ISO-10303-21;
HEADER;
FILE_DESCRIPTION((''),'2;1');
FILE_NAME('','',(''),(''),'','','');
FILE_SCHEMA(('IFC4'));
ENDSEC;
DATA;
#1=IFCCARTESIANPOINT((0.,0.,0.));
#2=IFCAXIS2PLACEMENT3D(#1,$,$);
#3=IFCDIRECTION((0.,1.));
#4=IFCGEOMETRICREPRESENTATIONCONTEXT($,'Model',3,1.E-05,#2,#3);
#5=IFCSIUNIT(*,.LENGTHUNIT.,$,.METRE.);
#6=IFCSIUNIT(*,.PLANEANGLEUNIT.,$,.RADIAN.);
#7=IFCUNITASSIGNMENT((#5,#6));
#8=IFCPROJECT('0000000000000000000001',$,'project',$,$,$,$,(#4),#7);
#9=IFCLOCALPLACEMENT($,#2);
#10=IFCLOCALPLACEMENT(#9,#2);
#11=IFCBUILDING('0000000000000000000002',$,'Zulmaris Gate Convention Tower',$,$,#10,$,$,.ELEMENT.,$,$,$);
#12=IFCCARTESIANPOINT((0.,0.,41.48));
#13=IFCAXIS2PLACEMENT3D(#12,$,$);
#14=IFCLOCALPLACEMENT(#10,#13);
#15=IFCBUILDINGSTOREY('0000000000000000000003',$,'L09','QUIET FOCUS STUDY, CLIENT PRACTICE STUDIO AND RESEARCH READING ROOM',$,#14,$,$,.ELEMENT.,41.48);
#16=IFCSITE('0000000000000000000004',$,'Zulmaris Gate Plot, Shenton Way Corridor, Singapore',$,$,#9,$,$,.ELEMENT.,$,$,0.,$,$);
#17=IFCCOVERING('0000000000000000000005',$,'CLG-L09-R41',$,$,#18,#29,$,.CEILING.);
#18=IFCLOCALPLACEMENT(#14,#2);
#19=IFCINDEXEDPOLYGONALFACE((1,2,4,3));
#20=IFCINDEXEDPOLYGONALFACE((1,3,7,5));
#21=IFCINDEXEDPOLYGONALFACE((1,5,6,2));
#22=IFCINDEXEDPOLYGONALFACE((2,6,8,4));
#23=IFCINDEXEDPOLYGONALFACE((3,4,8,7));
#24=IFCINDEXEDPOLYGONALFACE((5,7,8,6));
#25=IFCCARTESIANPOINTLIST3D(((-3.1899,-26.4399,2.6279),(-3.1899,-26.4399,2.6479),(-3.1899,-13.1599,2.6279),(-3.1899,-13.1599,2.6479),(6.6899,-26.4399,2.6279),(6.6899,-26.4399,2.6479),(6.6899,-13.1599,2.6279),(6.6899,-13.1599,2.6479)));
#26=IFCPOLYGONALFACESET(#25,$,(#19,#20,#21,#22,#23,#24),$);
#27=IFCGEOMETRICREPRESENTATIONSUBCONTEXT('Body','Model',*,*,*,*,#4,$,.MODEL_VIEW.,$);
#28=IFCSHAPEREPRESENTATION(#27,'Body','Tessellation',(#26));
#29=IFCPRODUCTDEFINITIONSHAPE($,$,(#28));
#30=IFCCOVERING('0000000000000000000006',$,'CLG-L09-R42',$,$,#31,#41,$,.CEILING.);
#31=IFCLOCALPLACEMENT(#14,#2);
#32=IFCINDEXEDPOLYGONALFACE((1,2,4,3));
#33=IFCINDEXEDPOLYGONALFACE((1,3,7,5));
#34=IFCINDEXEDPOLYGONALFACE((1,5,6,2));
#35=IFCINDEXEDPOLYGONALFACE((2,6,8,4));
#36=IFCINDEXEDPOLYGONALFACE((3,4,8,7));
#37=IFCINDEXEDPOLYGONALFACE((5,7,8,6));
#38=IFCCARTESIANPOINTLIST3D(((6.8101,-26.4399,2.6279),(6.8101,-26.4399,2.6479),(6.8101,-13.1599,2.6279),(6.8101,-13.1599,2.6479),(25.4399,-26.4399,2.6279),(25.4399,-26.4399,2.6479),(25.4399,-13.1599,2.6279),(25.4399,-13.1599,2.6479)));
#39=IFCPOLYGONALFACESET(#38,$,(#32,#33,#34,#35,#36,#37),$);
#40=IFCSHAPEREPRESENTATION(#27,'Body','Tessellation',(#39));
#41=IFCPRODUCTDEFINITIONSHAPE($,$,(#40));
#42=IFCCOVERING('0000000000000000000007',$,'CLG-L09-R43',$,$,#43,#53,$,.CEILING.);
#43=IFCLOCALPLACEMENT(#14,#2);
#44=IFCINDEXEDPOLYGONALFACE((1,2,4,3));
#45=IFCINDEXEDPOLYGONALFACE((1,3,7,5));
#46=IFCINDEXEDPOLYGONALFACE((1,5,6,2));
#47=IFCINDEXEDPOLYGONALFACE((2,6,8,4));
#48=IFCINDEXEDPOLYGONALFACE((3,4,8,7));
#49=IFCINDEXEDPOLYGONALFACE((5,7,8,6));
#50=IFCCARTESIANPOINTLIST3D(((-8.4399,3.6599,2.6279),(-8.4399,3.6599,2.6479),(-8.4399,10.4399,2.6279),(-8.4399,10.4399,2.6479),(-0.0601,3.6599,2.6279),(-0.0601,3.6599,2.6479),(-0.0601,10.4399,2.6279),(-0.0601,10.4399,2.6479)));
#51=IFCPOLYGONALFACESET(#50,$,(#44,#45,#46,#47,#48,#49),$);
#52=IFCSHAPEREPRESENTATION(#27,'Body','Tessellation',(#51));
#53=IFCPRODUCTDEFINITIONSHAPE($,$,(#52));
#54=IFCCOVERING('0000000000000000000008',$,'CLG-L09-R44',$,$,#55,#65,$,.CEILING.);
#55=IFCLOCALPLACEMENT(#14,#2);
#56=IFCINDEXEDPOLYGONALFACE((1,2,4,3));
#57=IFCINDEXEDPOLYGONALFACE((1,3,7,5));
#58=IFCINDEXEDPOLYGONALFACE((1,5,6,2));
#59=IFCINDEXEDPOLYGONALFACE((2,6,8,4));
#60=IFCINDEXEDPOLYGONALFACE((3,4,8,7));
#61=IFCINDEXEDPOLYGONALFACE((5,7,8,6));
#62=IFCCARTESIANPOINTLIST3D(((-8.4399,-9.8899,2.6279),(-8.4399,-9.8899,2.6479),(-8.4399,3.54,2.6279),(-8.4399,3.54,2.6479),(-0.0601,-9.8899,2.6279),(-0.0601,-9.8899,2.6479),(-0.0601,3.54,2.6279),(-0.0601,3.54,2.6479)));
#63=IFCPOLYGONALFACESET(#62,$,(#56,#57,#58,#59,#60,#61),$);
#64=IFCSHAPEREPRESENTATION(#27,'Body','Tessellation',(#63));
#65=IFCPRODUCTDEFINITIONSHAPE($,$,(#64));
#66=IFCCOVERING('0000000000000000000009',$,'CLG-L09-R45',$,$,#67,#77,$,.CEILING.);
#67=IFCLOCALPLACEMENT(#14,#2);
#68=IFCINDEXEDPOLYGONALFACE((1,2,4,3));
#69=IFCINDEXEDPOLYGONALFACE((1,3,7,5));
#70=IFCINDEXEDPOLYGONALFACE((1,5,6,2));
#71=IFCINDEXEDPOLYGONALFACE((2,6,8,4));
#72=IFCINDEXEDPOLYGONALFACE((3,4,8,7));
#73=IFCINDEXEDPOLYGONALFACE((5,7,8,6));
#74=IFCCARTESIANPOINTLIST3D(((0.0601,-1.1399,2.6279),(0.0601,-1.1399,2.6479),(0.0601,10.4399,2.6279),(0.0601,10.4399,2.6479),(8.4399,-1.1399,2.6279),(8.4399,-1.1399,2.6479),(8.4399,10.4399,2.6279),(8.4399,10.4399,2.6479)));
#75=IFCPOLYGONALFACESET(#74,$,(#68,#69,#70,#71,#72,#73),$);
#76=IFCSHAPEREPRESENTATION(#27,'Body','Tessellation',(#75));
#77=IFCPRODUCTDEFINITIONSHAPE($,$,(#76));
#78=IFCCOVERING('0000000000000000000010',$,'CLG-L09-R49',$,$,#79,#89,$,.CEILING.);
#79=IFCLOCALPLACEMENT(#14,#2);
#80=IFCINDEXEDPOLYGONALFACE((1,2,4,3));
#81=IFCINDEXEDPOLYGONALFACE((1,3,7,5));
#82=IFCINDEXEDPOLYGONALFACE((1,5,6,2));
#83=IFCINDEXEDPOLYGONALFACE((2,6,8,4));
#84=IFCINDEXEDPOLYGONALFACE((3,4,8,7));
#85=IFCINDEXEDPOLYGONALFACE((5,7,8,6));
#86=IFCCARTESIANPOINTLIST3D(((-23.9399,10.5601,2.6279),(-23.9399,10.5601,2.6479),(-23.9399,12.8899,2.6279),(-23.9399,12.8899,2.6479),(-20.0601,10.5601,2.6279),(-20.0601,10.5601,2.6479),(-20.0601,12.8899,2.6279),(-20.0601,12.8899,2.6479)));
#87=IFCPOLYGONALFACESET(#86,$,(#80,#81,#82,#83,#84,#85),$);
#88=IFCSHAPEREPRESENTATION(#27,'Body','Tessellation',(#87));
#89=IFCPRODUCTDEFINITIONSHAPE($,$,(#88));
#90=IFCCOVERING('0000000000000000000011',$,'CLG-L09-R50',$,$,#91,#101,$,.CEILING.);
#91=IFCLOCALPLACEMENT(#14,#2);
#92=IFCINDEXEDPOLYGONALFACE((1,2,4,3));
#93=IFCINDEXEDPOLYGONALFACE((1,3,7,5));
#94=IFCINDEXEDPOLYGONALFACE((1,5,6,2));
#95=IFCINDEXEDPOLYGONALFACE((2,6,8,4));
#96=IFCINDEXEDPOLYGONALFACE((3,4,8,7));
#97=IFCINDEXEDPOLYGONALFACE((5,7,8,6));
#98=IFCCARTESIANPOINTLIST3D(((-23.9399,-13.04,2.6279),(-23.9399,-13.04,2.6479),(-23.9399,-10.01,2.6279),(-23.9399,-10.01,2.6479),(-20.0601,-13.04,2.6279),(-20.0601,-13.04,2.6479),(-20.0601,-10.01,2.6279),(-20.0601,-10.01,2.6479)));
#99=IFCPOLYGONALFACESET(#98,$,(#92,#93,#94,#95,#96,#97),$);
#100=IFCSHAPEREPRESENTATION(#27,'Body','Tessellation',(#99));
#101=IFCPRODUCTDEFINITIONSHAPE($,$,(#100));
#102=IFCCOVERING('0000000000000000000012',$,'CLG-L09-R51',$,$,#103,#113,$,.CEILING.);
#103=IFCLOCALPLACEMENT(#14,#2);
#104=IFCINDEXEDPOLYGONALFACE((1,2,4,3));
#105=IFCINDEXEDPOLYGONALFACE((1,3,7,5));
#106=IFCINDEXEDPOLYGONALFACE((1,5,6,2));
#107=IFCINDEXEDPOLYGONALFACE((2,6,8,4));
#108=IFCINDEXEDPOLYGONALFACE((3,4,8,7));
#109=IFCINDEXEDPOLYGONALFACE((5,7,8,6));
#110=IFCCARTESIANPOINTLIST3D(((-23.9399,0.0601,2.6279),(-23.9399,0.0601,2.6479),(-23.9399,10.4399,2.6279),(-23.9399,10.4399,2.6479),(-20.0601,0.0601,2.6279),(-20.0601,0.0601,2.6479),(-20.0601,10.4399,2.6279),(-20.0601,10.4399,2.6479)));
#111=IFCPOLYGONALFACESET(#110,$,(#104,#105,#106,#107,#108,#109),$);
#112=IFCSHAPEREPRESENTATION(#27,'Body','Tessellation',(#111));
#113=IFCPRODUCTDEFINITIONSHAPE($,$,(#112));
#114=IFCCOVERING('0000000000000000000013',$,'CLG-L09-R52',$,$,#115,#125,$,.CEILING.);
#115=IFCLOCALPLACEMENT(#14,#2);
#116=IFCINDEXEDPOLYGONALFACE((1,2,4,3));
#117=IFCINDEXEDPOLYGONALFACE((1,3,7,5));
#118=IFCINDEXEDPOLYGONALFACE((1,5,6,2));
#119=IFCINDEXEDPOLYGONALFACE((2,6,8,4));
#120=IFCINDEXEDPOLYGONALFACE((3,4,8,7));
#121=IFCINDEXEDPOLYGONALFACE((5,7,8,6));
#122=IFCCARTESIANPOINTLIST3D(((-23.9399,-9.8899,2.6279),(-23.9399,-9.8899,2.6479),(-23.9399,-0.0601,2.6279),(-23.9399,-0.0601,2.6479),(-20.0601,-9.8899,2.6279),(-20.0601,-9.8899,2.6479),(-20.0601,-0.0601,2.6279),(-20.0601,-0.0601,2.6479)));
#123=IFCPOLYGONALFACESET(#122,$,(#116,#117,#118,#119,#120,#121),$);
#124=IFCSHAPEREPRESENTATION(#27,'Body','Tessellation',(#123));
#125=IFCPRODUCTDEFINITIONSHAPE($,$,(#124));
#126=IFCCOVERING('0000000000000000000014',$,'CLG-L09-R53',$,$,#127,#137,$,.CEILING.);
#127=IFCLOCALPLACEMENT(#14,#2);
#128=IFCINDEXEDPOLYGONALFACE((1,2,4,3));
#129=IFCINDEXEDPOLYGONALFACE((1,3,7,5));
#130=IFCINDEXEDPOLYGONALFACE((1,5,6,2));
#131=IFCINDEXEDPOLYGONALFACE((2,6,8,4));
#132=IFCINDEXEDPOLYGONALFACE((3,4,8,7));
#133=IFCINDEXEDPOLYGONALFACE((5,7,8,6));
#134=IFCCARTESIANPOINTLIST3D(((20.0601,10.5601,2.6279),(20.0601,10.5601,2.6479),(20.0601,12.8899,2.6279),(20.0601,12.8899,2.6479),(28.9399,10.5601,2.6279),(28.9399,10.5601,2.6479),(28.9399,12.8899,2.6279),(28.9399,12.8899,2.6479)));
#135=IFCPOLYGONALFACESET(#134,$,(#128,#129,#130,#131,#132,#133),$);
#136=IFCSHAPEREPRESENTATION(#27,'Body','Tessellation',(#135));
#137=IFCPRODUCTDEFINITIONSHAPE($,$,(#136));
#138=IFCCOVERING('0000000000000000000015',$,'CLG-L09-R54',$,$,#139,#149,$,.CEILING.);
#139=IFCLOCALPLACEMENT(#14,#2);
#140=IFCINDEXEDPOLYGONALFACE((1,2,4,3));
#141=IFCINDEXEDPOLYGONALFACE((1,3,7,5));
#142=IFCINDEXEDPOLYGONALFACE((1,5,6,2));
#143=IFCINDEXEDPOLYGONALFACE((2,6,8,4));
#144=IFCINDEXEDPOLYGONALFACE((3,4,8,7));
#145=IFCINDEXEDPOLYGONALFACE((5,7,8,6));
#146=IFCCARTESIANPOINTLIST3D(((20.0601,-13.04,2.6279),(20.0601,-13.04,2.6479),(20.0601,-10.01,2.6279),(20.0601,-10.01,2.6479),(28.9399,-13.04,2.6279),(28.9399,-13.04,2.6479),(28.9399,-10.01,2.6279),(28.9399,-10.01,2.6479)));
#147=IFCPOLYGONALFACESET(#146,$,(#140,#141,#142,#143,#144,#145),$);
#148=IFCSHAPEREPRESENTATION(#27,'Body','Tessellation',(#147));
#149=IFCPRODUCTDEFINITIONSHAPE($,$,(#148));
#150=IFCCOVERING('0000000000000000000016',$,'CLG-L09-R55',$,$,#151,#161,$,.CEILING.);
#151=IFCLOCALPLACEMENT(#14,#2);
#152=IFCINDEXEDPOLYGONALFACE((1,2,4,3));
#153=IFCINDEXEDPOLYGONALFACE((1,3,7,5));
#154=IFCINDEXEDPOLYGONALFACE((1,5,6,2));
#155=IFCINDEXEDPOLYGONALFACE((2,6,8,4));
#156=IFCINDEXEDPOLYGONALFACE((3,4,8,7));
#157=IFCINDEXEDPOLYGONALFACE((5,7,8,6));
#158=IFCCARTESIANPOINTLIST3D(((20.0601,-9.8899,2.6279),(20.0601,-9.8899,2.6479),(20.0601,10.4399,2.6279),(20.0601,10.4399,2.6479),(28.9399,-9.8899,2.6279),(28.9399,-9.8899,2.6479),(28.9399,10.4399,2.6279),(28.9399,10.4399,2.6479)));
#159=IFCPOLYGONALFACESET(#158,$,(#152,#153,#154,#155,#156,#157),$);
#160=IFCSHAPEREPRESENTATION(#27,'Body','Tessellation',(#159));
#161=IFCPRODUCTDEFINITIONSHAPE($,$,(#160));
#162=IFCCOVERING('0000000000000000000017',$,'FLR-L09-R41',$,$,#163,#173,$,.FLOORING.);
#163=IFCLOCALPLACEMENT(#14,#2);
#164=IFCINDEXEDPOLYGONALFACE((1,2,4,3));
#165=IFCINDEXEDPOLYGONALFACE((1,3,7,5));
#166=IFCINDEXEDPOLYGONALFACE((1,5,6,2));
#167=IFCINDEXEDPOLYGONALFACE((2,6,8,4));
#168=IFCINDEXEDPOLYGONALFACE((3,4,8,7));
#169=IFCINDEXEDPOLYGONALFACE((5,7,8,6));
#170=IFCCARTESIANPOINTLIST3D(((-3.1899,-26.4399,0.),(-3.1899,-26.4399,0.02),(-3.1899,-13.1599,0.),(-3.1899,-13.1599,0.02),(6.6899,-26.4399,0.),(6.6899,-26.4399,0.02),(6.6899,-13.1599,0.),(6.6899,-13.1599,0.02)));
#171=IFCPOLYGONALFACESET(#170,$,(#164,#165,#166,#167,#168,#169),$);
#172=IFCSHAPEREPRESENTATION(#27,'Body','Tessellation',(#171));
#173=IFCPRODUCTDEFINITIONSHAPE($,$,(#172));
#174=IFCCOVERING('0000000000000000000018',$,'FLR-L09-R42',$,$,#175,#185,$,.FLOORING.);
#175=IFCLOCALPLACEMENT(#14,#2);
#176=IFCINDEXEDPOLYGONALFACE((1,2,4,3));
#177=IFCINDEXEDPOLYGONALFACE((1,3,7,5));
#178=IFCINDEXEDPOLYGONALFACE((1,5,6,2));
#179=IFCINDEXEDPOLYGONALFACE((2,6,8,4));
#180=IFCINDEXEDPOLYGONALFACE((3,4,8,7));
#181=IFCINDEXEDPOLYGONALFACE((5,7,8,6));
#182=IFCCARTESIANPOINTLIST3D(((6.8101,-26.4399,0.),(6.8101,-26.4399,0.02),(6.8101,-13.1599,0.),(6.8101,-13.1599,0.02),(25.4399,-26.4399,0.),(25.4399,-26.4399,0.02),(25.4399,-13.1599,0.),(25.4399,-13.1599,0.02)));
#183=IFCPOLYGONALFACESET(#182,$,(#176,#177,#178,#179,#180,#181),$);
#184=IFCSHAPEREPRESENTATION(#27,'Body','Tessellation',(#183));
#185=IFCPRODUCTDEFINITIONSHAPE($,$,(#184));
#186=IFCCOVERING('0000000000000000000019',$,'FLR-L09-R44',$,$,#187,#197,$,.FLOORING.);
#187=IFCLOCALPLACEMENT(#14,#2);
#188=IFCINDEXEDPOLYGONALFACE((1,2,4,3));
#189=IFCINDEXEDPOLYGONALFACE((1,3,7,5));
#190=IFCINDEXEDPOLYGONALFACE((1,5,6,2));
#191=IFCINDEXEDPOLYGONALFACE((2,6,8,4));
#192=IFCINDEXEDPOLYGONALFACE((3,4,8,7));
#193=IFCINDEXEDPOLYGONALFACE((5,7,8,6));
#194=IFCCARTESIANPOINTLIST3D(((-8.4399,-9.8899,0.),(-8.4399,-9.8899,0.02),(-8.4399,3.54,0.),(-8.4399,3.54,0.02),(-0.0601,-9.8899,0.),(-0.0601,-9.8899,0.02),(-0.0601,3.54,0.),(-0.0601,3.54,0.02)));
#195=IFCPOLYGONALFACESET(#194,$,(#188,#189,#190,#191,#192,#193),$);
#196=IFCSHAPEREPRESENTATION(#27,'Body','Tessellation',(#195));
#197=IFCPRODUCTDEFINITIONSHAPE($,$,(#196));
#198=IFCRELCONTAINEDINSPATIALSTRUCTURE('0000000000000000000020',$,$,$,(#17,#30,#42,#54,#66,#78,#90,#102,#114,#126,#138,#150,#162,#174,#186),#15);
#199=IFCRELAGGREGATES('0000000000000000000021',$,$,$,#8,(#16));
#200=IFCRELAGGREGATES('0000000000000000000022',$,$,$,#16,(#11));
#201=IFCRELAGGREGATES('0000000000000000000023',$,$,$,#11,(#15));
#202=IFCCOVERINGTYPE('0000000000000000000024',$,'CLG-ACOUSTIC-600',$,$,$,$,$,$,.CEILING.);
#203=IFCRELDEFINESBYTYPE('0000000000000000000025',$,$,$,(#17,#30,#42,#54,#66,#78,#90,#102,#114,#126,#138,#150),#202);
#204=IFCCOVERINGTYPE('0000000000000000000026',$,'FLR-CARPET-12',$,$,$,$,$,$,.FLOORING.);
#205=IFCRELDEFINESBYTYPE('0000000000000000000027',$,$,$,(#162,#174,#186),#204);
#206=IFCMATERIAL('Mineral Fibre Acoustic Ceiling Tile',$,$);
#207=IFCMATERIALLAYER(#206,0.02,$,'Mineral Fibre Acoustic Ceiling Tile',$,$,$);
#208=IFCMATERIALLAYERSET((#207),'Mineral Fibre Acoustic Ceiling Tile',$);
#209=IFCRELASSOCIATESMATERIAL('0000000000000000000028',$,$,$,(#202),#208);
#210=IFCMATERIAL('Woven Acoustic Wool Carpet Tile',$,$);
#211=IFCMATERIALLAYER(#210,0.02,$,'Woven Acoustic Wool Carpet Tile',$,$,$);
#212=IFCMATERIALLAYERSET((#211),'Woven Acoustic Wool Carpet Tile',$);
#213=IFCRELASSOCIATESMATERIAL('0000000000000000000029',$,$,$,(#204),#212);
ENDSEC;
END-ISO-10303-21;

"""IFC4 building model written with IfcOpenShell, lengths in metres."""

from ifc_helpers import new_model, si_unit, direction, frame, origin, place, context, subcontext, project, spatial, polyline, outline, extrude, material, layer, layer_set, type_object, element, save


model = new_model("IFC4")

# Units and contexts
model_context = context("Model", 3, precision=1e-05, world=origin(), true_north=direction((0.0, 1.0)))
body_context = subcontext(model_context, "Body", "Model", "MODEL_VIEW")
ifc_project = project(units=[si_unit("LENGTHUNIT", "METRE"), si_unit("PLANEANGLEUNIT", "RADIAN")], contexts=[model_context])

# Site, building, storey
site_placement = place(None, origin())
site = spatial("IfcSite", under=ifc_project, at=site_placement, Name="Zulmaris Gate Plot, Shenton Way Corridor, Singapore", CompositionType="ELEMENT", RefElevation=0.0)
building_placement = place(site_placement, origin())
building = spatial("IfcBuilding", under=site, at=building_placement, Name="Zulmaris Gate Convention Tower", CompositionType="ELEMENT")
storey_placement = place(building_placement, frame((0.0, 0.0, 41.48)))
storey = spatial("IfcBuildingStorey", under=building, at=storey_placement, Name="L09", Description="QUIET FOCUS STUDY, CLIENT PRACTICE STUDIO AND RESEARCH READING ROOM", CompositionType="ELEMENT", Elevation=41.48)

# Coverings
ifc_material_1 = material(Name="Mineral Fibre Acoustic Ceiling Tile")
ifc_layer_1 = layer(ifc_material_1, 0.02, Name="Mineral Fibre Acoustic Ceiling Tile")
ifc_layer_set_1 = layer_set([ifc_layer_1], Name="Mineral Fibre Acoustic Ceiling Tile")
covering_type_1 = type_object("IfcCoveringType", Name="CLG-ACOUSTIC-600", PredefinedType="CEILING", material=ifc_layer_set_1)
covering_1_placement = place(storey_placement, frame((0.0, 0.0, 2.6279)))
element("IfcCovering", 1, at=covering_1_placement, inside=storey, type_object=covering_type_1, Name="CLG-L09-R41", PredefinedType="CEILING", context=body_context, shape_type="SweptSolid", body=[
    extrude(outline(polyline([(-3.1899, -26.4399), (6.6899, -26.4399), (6.6899, -13.1599), (-3.1899, -13.1599), (-3.1899, -26.4399)])), origin(), (0.0, 0.0, 1.0), 0.02),
])
covering_2_placement = place(storey_placement, frame((0.0, 0.0, 2.6279)))
element("IfcCovering", 2, at=covering_2_placement, inside=storey, type_object=covering_type_1, Name="CLG-L09-R42", PredefinedType="CEILING", context=body_context, shape_type="SweptSolid", body=[
    extrude(outline(polyline([(6.8101, -26.4399), (25.4399, -26.4399), (25.4399, -13.1599), (6.8101, -13.1599), (6.8101, -26.4399)])), origin(), (0.0, 0.0, 1.0), 0.02),
])
covering_3_placement = place(storey_placement, frame((0.0, 0.0, 2.6279)))
element("IfcCovering", 3, at=covering_3_placement, inside=storey, type_object=covering_type_1, Name="CLG-L09-R43", PredefinedType="CEILING", context=body_context, shape_type="SweptSolid", body=[
    extrude(outline(polyline([(-8.4399, 3.6599), (-0.0601, 3.6599), (-0.0601, 10.4399), (-8.4399, 10.4399), (-8.4399, 3.6599)])), origin(), (0.0, 0.0, 1.0), 0.02),
])
covering_4_placement = place(storey_placement, frame((0.0, 0.0, 2.6279)))
element("IfcCovering", 4, at=covering_4_placement, inside=storey, type_object=covering_type_1, Name="CLG-L09-R44", PredefinedType="CEILING", context=body_context, shape_type="SweptSolid", body=[
    extrude(outline(polyline([(-8.4399, -9.8899), (-0.0601, -9.8899), (-0.0601, 3.54), (-8.4399, 3.54), (-8.4399, -9.8899)])), origin(), (0.0, 0.0, 1.0), 0.02),
])
covering_5_placement = place(storey_placement, frame((0.0, 0.0, 2.6279)))
element("IfcCovering", 5, at=covering_5_placement, inside=storey, type_object=covering_type_1, Name="CLG-L09-R45", PredefinedType="CEILING", context=body_context, shape_type="SweptSolid", body=[
    extrude(outline(polyline([(0.0601, -1.1399), (8.4399, -1.1399), (8.4399, 10.4399), (0.0601, 10.4399), (0.0601, -1.1399)])), origin(), (0.0, 0.0, 1.0), 0.02),
])
covering_6_placement = place(storey_placement, frame((0.0, 0.0, 2.6279)))
element("IfcCovering", 6, at=covering_6_placement, inside=storey, type_object=covering_type_1, Name="CLG-L09-R49", PredefinedType="CEILING", context=body_context, shape_type="SweptSolid", body=[
    extrude(outline(polyline([(-23.9399, 10.5601), (-20.0601, 10.5601), (-20.0601, 12.8899), (-23.9399, 12.8899), (-23.9399, 10.5601)])), origin(), (0.0, 0.0, 1.0), 0.02),
])
covering_7_placement = place(storey_placement, frame((0.0, 0.0, 2.6279)))
element("IfcCovering", 7, at=covering_7_placement, inside=storey, type_object=covering_type_1, Name="CLG-L09-R50", PredefinedType="CEILING", context=body_context, shape_type="SweptSolid", body=[
    extrude(outline(polyline([(-23.9399, -13.04), (-20.0601, -13.04), (-20.0601, -10.01), (-23.9399, -10.01), (-23.9399, -13.04)])), origin(), (0.0, 0.0, 1.0), 0.02),
])
covering_8_placement = place(storey_placement, frame((0.0, 0.0, 2.6279)))
element("IfcCovering", 8, at=covering_8_placement, inside=storey, type_object=covering_type_1, Name="CLG-L09-R51", PredefinedType="CEILING", context=body_context, shape_type="SweptSolid", body=[
    extrude(outline(polyline([(-23.9399, 0.0601), (-20.0601, 0.0601), (-20.0601, 10.4399), (-23.9399, 10.4399), (-23.9399, 0.0601)])), origin(), (0.0, 0.0, 1.0), 0.02),
])
covering_9_placement = place(storey_placement, frame((0.0, 0.0, 2.6279)))
element("IfcCovering", 9, at=covering_9_placement, inside=storey, type_object=covering_type_1, Name="CLG-L09-R52", PredefinedType="CEILING", context=body_context, shape_type="SweptSolid", body=[
    extrude(outline(polyline([(-23.9399, -9.8899), (-20.0601, -9.8899), (-20.0601, -0.0601), (-23.9399, -0.0601), (-23.9399, -9.8899)])), origin(), (0.0, 0.0, 1.0), 0.02),
])
covering_10_placement = place(storey_placement, frame((0.0, 0.0, 2.6279)))
element("IfcCovering", 10, at=covering_10_placement, inside=storey, type_object=covering_type_1, Name="CLG-L09-R53", PredefinedType="CEILING", context=body_context, shape_type="SweptSolid", body=[
    extrude(outline(polyline([(20.0601, 10.5601), (28.9399, 10.5601), (28.9399, 12.8899), (20.0601, 12.8899), (20.0601, 10.5601)])), origin(), (0.0, 0.0, 1.0), 0.02),
])
covering_11_placement = place(storey_placement, frame((0.0, 0.0, 2.6279)))
element("IfcCovering", 11, at=covering_11_placement, inside=storey, type_object=covering_type_1, Name="CLG-L09-R54", PredefinedType="CEILING", context=body_context, shape_type="SweptSolid", body=[
    extrude(outline(polyline([(20.0601, -13.04), (28.9399, -13.04), (28.9399, -10.01), (20.0601, -10.01), (20.0601, -13.04)])), origin(), (0.0, 0.0, 1.0), 0.02),
])
covering_12_placement = place(storey_placement, frame((0.0, 0.0, 2.6279)))
element("IfcCovering", 12, at=covering_12_placement, inside=storey, type_object=covering_type_1, Name="CLG-L09-R55", PredefinedType="CEILING", context=body_context, shape_type="SweptSolid", body=[
    extrude(outline(polyline([(20.0601, -9.8899), (28.9399, -9.8899), (28.9399, 10.4399), (20.0601, 10.4399), (20.0601, -9.8899)])), origin(), (0.0, 0.0, 1.0), 0.02),
])
ifc_material_2 = material(Name="Woven Acoustic Wool Carpet Tile")
ifc_layer_2 = layer(ifc_material_2, 0.02, Name="Woven Acoustic Wool Carpet Tile")
ifc_layer_set_2 = layer_set([ifc_layer_2], Name="Woven Acoustic Wool Carpet Tile")
covering_type_2 = type_object("IfcCoveringType", Name="FLR-CARPET-12", PredefinedType="FLOORING", material=ifc_layer_set_2)
covering_13_placement = place(storey_placement, origin())
element("IfcCovering", 13, at=covering_13_placement, inside=storey, type_object=covering_type_2, Name="FLR-L09-R41", PredefinedType="FLOORING", context=body_context, shape_type="SweptSolid", body=[
    extrude(outline(polyline([(-3.1899, -26.4399), (6.6899, -26.4399), (6.6899, -13.1599), (-3.1899, -13.1599), (-3.1899, -26.4399)])), origin(), (0.0, 0.0, 1.0), 0.02),
])
covering_14_placement = place(storey_placement, origin())
element("IfcCovering", 14, at=covering_14_placement, inside=storey, type_object=covering_type_2, Name="FLR-L09-R42", PredefinedType="FLOORING", context=body_context, shape_type="SweptSolid", body=[
    extrude(outline(polyline([(6.8101, -26.4399), (25.4399, -26.4399), (25.4399, -13.1599), (6.8101, -13.1599), (6.8101, -26.4399)])), origin(), (0.0, 0.0, 1.0), 0.02),
])
covering_15_placement = place(storey_placement, origin())
element("IfcCovering", 15, at=covering_15_placement, inside=storey, type_object=covering_type_2, Name="FLR-L09-R44", PredefinedType="FLOORING", context=body_context, shape_type="SweptSolid", body=[
    extrude(outline(polyline([(-8.4399, -9.8899), (-0.0601, -9.8899), (-0.0601, 3.54), (-8.4399, 3.54), (-8.4399, -9.8899)])), origin(), (0.0, 0.0, 1.0), 0.02),
])

save(model, "model.ifc")
